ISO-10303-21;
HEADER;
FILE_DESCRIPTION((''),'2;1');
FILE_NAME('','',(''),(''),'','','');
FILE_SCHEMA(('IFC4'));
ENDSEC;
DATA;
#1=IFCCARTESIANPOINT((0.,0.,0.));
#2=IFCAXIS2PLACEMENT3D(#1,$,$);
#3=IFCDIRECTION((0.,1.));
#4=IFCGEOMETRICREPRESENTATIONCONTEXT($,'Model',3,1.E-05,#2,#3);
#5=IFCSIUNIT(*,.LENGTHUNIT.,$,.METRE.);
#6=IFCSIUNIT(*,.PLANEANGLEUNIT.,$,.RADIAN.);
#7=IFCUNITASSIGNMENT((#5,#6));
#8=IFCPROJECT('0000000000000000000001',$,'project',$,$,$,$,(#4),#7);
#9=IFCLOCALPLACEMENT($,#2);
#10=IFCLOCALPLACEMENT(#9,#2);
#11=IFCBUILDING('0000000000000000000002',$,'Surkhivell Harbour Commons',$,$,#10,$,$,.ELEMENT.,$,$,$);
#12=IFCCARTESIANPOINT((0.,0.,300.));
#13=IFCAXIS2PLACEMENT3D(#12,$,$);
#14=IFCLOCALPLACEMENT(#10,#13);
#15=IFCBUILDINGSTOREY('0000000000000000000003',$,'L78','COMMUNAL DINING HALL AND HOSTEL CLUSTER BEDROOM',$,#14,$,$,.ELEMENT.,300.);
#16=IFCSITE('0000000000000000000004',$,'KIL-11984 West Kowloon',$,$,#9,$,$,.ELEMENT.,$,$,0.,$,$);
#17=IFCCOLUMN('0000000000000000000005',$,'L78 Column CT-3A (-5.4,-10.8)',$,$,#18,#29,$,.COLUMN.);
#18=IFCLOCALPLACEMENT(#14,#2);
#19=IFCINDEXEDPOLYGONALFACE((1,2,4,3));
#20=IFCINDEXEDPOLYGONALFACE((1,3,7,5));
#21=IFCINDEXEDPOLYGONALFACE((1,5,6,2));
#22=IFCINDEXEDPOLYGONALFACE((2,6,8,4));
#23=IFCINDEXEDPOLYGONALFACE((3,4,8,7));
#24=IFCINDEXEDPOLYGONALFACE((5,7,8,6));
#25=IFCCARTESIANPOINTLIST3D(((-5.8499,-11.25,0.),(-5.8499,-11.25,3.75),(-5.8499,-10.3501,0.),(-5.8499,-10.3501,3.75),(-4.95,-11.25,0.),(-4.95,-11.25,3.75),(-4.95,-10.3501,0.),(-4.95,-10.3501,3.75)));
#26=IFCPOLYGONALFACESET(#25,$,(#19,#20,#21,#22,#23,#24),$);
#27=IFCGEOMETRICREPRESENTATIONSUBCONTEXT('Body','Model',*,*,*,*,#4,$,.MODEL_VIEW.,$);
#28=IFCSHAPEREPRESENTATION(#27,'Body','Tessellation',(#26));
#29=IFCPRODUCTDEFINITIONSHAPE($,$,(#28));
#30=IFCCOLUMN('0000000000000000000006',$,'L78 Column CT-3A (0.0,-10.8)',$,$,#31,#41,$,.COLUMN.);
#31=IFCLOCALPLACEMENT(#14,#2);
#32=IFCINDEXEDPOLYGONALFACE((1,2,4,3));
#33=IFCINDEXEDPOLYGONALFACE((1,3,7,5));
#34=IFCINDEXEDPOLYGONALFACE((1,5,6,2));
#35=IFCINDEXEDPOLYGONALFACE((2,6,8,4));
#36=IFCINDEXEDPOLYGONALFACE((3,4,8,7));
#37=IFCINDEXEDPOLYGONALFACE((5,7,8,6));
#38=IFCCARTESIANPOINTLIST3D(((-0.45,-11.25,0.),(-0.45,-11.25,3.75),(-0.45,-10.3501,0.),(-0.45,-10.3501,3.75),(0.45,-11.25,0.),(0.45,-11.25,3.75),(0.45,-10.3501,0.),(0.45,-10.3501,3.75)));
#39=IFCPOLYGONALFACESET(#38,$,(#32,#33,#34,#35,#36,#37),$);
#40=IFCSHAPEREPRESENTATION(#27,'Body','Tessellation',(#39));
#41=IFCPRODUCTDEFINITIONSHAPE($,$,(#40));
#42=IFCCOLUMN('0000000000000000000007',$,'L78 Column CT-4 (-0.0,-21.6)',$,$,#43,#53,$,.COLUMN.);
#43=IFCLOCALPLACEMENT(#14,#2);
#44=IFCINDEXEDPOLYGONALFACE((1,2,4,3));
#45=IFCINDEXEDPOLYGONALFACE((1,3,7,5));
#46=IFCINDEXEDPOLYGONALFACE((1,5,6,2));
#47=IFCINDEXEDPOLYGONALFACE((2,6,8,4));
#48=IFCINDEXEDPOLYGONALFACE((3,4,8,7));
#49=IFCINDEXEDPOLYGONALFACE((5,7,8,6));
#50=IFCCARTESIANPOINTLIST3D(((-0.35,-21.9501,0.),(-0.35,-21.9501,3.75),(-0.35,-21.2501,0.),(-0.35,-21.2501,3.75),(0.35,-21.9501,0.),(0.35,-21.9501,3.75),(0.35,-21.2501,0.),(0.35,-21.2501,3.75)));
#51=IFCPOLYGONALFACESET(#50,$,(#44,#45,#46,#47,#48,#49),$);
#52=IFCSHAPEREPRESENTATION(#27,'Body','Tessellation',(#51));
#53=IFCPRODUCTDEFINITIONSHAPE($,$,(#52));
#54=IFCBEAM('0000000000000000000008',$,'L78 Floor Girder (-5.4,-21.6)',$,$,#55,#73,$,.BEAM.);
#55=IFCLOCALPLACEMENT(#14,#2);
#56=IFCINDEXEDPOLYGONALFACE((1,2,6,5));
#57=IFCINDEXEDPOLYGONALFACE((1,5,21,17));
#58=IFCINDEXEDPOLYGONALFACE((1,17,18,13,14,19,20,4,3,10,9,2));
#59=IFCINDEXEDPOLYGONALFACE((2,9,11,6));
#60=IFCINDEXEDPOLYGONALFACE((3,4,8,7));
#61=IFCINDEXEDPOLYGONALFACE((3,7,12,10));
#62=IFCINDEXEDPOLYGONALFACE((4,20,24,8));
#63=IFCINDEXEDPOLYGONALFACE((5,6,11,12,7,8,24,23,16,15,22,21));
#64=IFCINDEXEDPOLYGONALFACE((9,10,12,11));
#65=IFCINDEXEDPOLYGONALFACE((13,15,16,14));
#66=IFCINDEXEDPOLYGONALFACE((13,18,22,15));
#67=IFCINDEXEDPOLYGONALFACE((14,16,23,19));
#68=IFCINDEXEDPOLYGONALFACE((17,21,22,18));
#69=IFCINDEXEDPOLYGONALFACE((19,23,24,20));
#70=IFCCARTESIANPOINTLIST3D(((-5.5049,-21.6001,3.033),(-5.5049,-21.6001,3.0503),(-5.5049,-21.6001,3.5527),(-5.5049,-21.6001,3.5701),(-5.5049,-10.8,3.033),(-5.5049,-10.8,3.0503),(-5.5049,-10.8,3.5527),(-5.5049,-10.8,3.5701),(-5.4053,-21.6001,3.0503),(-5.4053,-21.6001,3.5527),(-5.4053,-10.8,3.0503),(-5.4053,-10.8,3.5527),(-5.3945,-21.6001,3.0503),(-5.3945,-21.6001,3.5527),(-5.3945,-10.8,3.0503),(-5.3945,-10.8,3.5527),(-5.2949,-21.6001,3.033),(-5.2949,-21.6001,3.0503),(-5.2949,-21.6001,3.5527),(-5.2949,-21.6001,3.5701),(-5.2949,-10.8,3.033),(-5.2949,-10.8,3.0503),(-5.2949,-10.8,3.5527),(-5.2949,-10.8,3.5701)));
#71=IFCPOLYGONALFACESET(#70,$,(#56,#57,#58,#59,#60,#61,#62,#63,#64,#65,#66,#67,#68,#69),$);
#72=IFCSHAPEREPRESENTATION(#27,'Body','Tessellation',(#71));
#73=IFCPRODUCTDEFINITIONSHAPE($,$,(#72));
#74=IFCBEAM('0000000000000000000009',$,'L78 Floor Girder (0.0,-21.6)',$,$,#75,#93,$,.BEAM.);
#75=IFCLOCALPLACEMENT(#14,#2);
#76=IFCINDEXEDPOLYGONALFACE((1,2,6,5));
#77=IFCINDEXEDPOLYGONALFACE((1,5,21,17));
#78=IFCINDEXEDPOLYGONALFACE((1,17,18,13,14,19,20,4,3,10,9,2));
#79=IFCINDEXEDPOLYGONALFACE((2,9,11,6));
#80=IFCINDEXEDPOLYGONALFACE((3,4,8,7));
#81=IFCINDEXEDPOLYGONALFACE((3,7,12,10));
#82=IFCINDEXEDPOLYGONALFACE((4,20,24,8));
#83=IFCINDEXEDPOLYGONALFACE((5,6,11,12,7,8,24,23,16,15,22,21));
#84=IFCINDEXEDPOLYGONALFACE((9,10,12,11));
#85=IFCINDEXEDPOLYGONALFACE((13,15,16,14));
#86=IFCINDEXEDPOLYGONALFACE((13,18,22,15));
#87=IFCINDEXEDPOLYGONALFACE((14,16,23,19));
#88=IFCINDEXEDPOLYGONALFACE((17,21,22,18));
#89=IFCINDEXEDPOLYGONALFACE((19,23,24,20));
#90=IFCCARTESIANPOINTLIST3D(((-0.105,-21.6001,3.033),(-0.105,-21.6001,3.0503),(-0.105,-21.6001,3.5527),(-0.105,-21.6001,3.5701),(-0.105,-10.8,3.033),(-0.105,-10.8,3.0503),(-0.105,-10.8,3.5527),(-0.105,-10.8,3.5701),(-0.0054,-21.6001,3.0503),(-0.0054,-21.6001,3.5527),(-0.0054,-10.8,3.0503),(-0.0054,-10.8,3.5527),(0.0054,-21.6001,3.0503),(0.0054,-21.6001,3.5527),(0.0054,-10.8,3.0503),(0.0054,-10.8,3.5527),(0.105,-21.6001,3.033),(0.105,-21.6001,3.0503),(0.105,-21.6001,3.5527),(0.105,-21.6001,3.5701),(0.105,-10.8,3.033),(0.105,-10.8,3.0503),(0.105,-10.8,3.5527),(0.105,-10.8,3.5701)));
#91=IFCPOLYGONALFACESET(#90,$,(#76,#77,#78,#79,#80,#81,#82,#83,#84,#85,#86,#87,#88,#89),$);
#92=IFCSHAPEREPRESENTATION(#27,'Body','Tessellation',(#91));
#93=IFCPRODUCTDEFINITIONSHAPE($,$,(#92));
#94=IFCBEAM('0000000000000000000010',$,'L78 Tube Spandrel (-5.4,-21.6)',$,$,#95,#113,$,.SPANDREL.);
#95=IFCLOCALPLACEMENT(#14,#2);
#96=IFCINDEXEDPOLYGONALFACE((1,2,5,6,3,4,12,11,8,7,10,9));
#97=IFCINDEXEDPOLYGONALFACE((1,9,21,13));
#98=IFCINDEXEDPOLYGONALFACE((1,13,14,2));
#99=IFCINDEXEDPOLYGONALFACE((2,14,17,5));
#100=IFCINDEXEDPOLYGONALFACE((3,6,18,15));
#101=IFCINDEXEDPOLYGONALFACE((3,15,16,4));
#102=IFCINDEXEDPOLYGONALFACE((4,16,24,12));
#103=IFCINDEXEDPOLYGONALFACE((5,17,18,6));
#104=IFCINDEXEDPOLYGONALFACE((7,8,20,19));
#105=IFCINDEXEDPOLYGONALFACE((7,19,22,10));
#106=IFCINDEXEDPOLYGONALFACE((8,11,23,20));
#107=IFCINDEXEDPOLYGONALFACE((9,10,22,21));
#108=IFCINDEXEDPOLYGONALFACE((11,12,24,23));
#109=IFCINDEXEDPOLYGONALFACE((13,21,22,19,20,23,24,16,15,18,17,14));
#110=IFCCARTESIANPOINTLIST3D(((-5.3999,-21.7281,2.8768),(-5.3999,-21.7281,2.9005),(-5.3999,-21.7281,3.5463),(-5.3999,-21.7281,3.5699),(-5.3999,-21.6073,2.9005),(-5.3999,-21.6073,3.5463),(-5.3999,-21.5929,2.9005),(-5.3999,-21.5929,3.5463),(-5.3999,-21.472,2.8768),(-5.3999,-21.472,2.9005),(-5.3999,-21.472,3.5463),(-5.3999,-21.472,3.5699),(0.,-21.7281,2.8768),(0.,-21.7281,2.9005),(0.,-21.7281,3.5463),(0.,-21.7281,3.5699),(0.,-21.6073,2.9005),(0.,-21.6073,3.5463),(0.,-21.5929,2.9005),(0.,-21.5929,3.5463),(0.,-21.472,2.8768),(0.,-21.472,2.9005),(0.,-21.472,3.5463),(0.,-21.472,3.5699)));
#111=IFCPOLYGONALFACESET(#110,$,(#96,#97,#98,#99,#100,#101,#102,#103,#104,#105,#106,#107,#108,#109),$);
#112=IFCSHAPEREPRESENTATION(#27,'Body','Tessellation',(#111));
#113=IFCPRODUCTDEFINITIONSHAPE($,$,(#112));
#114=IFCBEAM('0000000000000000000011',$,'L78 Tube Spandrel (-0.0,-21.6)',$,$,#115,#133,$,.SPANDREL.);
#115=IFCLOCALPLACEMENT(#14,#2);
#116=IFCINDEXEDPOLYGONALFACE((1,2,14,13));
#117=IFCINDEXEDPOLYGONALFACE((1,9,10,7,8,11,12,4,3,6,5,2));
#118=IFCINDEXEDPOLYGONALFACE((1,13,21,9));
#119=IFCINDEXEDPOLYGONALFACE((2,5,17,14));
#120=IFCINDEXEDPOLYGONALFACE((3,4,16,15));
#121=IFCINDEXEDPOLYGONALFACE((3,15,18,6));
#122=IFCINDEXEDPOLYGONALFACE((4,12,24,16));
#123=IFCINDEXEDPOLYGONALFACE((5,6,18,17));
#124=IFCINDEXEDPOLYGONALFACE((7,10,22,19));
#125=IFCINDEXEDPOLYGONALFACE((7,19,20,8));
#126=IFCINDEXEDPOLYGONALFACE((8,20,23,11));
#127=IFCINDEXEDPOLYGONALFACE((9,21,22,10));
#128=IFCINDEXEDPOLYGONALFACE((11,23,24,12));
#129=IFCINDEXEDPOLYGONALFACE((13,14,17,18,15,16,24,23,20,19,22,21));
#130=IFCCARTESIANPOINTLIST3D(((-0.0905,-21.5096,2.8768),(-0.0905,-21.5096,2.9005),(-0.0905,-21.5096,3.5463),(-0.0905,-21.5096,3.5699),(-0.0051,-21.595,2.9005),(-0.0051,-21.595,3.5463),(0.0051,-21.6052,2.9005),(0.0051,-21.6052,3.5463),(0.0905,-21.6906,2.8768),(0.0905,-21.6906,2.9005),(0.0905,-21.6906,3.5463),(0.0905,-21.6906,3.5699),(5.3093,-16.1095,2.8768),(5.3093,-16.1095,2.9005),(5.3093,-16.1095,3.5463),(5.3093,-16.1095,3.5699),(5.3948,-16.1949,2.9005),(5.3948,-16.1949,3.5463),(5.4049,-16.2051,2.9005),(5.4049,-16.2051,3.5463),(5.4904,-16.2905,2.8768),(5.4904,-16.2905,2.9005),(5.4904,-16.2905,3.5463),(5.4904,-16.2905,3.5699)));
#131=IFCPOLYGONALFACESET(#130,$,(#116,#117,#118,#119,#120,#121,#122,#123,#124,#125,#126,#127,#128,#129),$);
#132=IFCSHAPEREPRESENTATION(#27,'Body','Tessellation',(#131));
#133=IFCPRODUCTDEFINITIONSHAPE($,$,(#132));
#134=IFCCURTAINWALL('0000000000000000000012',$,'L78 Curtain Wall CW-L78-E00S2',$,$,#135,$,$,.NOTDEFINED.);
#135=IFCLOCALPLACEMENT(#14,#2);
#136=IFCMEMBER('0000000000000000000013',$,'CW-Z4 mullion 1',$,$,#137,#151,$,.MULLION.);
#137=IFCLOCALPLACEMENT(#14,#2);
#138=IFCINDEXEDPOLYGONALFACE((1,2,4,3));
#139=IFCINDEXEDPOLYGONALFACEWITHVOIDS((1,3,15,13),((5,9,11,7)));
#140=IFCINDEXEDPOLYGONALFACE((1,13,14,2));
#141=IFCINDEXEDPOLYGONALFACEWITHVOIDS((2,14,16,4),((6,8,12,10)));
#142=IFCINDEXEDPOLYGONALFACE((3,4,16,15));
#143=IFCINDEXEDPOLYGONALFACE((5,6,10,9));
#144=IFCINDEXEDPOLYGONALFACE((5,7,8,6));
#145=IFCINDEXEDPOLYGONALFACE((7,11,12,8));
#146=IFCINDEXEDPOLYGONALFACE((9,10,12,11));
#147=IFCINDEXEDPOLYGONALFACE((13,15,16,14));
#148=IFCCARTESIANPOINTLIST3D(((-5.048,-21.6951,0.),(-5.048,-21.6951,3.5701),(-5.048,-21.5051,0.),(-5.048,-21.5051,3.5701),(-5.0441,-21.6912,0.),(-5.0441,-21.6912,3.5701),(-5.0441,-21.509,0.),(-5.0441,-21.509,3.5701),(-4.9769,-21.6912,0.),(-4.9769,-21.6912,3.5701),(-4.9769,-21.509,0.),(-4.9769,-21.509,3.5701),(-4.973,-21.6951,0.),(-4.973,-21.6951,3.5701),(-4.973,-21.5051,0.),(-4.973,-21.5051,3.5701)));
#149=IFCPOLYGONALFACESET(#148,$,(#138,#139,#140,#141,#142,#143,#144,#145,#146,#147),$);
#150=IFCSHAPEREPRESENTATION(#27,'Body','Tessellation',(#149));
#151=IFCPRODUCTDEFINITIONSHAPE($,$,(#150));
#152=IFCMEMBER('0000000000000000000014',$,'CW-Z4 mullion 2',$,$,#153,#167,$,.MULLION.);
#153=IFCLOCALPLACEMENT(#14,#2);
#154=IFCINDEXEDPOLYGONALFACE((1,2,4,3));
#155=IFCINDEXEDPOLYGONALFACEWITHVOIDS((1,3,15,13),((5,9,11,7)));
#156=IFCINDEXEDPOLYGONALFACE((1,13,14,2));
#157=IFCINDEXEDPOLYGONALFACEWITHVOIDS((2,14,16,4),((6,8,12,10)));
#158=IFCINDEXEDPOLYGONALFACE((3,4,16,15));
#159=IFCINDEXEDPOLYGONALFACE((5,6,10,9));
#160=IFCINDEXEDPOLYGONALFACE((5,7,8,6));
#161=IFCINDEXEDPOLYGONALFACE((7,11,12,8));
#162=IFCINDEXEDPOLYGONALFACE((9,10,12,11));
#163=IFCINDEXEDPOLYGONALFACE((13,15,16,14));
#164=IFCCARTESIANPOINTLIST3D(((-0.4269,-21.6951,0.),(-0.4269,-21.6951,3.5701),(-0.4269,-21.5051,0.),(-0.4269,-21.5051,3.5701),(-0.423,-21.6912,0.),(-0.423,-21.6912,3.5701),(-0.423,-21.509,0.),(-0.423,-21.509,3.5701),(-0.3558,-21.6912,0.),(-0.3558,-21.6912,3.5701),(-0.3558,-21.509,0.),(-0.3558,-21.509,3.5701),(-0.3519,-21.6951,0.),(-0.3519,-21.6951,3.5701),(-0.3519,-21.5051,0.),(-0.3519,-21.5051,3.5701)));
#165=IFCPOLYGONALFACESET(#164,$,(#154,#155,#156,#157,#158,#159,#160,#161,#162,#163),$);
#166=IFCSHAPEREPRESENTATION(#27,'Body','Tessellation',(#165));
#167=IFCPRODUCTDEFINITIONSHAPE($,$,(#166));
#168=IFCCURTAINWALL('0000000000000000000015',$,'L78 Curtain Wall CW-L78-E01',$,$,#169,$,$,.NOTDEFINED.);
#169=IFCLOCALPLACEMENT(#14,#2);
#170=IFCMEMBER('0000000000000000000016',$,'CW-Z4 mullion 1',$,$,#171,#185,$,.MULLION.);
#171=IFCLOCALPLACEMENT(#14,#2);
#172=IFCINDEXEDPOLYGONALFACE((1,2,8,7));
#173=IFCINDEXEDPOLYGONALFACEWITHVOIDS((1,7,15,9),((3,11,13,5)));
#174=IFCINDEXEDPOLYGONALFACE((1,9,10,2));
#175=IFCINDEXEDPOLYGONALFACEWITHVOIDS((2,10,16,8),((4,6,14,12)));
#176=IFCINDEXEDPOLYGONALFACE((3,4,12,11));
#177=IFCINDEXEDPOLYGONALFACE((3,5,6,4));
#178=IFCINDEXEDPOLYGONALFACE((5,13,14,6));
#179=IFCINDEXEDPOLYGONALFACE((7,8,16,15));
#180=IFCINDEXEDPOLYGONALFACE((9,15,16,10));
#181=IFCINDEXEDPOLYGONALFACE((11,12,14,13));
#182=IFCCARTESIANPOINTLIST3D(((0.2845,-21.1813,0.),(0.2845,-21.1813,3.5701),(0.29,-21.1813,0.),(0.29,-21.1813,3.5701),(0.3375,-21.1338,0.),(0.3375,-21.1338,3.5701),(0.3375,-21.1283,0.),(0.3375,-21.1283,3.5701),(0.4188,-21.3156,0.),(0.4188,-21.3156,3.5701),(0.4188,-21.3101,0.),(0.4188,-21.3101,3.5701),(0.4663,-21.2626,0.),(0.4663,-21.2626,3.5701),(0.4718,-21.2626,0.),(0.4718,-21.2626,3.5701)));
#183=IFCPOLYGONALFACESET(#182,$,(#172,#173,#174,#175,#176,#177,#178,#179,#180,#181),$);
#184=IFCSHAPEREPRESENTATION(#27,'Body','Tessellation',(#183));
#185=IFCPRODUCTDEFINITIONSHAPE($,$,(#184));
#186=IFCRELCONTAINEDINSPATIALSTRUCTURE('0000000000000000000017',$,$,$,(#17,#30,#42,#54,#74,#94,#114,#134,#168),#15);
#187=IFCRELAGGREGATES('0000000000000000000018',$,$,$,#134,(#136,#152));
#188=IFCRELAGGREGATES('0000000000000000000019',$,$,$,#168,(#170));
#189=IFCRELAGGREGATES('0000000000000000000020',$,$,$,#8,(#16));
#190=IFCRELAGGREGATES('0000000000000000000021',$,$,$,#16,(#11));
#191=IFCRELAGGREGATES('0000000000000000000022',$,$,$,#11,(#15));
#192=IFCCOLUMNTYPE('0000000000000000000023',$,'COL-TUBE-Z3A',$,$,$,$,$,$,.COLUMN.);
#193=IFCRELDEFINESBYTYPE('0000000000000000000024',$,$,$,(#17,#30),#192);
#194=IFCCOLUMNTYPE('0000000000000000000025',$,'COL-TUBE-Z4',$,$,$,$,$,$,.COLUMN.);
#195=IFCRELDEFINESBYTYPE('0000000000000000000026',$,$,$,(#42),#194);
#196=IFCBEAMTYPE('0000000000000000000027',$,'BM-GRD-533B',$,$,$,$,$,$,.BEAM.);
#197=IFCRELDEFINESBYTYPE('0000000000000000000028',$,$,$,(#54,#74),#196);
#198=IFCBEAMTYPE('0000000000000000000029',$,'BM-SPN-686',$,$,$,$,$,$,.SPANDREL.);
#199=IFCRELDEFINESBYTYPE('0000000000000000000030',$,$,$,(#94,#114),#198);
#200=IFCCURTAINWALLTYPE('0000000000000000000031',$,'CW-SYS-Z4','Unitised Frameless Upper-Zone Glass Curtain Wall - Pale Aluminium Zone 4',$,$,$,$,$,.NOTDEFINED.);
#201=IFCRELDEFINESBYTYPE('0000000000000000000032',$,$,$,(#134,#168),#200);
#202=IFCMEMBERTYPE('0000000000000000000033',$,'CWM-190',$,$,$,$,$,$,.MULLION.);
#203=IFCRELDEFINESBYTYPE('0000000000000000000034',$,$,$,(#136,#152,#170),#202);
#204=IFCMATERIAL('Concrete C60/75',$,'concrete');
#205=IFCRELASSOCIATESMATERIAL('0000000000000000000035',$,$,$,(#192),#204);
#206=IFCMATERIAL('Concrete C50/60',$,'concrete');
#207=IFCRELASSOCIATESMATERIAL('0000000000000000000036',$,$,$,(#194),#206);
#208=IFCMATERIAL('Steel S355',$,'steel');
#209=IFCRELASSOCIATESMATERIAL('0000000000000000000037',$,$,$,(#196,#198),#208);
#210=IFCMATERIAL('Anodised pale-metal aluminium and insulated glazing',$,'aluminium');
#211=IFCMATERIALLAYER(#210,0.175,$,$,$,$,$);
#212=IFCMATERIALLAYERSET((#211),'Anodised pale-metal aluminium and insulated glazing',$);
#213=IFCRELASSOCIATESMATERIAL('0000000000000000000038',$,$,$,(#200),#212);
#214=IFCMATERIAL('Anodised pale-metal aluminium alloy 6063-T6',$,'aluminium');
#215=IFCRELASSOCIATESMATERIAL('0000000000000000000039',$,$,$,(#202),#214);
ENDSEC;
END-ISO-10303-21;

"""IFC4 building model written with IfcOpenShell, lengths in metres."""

from ifc_helpers import new_model, si_unit, direction, frame, origin, origin_2d, place, context, subcontext, project, spatial, rectangle, hollow_rectangle, i_section, extrude, material, layer, layer_set, material_profile, profile_set, type_object, element, aggregate, save


model = new_model("IFC4")

# Units and contexts
model_context = context("Model", 3, precision=1e-05, world=origin(), true_north=direction((0.0, 1.0)))
body_context = subcontext(model_context, "Body", "Model", "MODEL_VIEW")
ifc_project = project(units=[si_unit("LENGTHUNIT", "METRE"), si_unit("PLANEANGLEUNIT", "RADIAN")], contexts=[model_context])

# Site, building, storey
site_placement = place(None, origin())
site = spatial("IfcSite", under=ifc_project, at=site_placement, Name="KIL-11984 West Kowloon", CompositionType="ELEMENT", RefElevation=0.0)
building_placement = place(site_placement, origin())
building = spatial("IfcBuilding", under=site, at=building_placement, Name="Surkhivell Harbour Commons", CompositionType="ELEMENT")
storey_placement = place(building_placement, frame((0.0, 0.0, 300.0)))
storey = spatial("IfcBuildingStorey", under=building, at=storey_placement, Name="L78", Description="COMMUNAL DINING HALL AND HOSTEL CLUSTER BEDROOM", CompositionType="ELEMENT", Elevation=300.0)

# Columns
ifc_material_1 = material(Name="Concrete C60/75", Category="concrete")
ifc_material_profile_1 = material_profile(ifc_material_1, rectangle(XDim=0.8999, YDim=0.8999, at=origin_2d()), Name="RC-COL-900x900")
ifc_profile_set_1 = profile_set([ifc_material_profile_1], Name="Concrete C60/75")
column_type_1 = type_object("IfcColumnType", Name="COL-TUBE-Z3A", PredefinedType="COLUMN", material=ifc_profile_set_1)
for number, where, z_axis, x_axis, name in (
    (1, (-5.3999, -10.8, 0.0), (0.0, 0.0, 1.0), (1.0, 0.0, 0.0), "L78 Column CT-3A (-5.4,-10.8)"),
    (2, (0.0, -10.8, 0.0), (0.0, 0.0, 1.0), (1.0, 0.0, 0.0), "L78 Column CT-3A (0.0,-10.8)"),
):
    element("IfcColumn", number, at=place(storey_placement, frame(where, z_axis=z_axis, x_axis=x_axis)), inside=storey, type_object=column_type_1, Name=name, PredefinedType="COLUMN", context=body_context, shape_type="SweptSolid", body=[
        extrude(rectangle(XDim=0.8999, YDim=0.8999, at=origin_2d()), origin(), (0.0, 0.0, 1.0), 3.75),
    ])
ifc_material_2 = material(Name="Concrete C50/60", Category="concrete")
ifc_material_profile_2 = material_profile(ifc_material_2, rectangle(XDim=0.7, YDim=0.7, at=origin_2d()), Name="RC-COL-700x700")
ifc_profile_set_2 = profile_set([ifc_material_profile_2], Name="Concrete C50/60")
column_type_2 = type_object("IfcColumnType", Name="COL-TUBE-Z4", PredefinedType="COLUMN", material=ifc_profile_set_2)
column_placement = place(storey_placement, frame((0.0, -21.6001, 0.0), z_axis=(0.0, 0.0, 1.0), x_axis=(1.0, 0.0, 0.0)))
element("IfcColumn", 3, at=column_placement, inside=storey, type_object=column_type_2, Name="L78 Column CT-4 (-0.0,-21.6)", PredefinedType="COLUMN", context=body_context, shape_type="SweptSolid", body=[
    extrude(rectangle(XDim=0.7, YDim=0.7, at=origin_2d()), origin(), (0.0, 0.0, 1.0), 3.75),
])

# Beams
ifc_material_3 = material(Name="Steel S355", Category="steel")
ifc_material_profile_3 = material_profile(ifc_material_3, i_section(OverallWidth=0.21, OverallDepth=0.5371, WebThickness=0.0107, FlangeThickness=0.0173, at=origin_2d()), Name="UB533x210x101")
ifc_profile_set_3 = profile_set([ifc_material_profile_3], Name="Steel S355")
beam_type_1 = type_object("IfcBeamType", Name="BM-GRD-533B", PredefinedType="BEAM", material=ifc_profile_set_3)
for number, where, z_axis, x_axis, name in (
    (4, (-5.3999, -21.6001, 3.3015), (0.0, 1.0, 0.0), (-1.0, 0.0, 0.0), "L78 Floor Girder (-5.4,-21.6)"),
    (5, (0.0, -21.6001, 3.3015), (0.0, 1.0, 0.0), (-1.0, 0.0, 0.0), "L78 Floor Girder (0.0,-21.6)"),
):
    element("IfcBeam", number, at=place(storey_placement, frame(where, z_axis=z_axis, x_axis=x_axis)), inside=storey, type_object=beam_type_1, Name=name, PredefinedType="BEAM", context=body_context, shape_type="SweptSolid", body=[
        extrude(i_section(OverallWidth=0.21, OverallDepth=0.5371, WebThickness=0.0107, FlangeThickness=0.0173, at=origin_2d()), origin(), (0.0, 0.0, 1.0), 10.8),
    ])
ifc_material_profile_4 = material_profile(ifc_material_3, i_section(OverallWidth=0.2561, OverallDepth=0.6931, WebThickness=0.0144, FlangeThickness=0.0237, at=origin_2d()), Name="UB686x254x170")
ifc_profile_set_4 = profile_set([ifc_material_profile_4], Name="Steel S355")
beam_type_2 = type_object("IfcBeamType", Name="BM-SPN-686", PredefinedType="SPANDREL", material=ifc_profile_set_4)
beam_1_placement = place(storey_placement, frame((-5.3999, -21.6001, 3.2234), z_axis=(1.0, 0.0, 0.0), x_axis=(0.0, 1.0, 0.0)))
element("IfcBeam", 6, at=beam_1_placement, inside=storey, type_object=beam_type_2, Name="L78 Tube Spandrel (-5.4,-21.6)", PredefinedType="SPANDREL", context=body_context, shape_type="SweptSolid", body=[
    extrude(i_section(OverallWidth=0.2561, OverallDepth=0.6931, WebThickness=0.0144, FlangeThickness=0.0237, at=origin_2d()), origin(), (0.0, 0.0, 1.0), 5.3999),
])
beam_2_placement = place(storey_placement, frame((0.0, -21.6001, 3.2234), z_axis=(0.707091, 0.707123, 0.0), x_axis=(-0.707123, 0.707091, 0.0)))
element("IfcBeam", 7, at=beam_2_placement, inside=storey, type_object=beam_type_2, Name="L78 Tube Spandrel (-0.0,-21.6)", PredefinedType="SPANDREL", context=body_context, shape_type="SweptSolid", body=[
    extrude(i_section(OverallWidth=0.2561, OverallDepth=0.6931, WebThickness=0.0144, FlangeThickness=0.0237, at=origin_2d()), origin(), (0.0, 0.0, 1.0), 7.6367),
])

# Curtain wall, members
ifc_material_4 = material(Name="Anodised pale-metal aluminium and insulated glazing", Category="aluminium")
ifc_layer_1 = layer(ifc_material_4, 0.175)
ifc_layer_set_1 = layer_set([ifc_layer_1], Name="Anodised pale-metal aluminium and insulated glazing")
curtain_wall_type = type_object("IfcCurtainWallType", Name="CW-SYS-Z4", Description="Unitised Frameless Upper-Zone Glass Curtain Wall - Pale Aluminium Zone 4", PredefinedType="NOTDEFINED", material=ifc_layer_set_1)
curtain_wall_1_placement = place(storey_placement, origin())
curtain_wall_1 = element("IfcCurtainWall", 8, at=curtain_wall_1_placement, inside=storey, type_object=curtain_wall_type, Name="L78 Curtain Wall CW-L78-E00S2", PredefinedType="NOTDEFINED")
ifc_material_5 = material(Name="Anodised pale-metal aluminium alloy 6063-T6", Category="aluminium")
ifc_material_profile_5 = material_profile(ifc_material_5, hollow_rectangle(XDim=0.075, YDim=0.1899, WallThickness=0.0039, at=origin_2d()), Name="ALU-MULL-75x190")
ifc_profile_set_5 = profile_set([ifc_material_profile_5], Name="Anodised pale-metal aluminium alloy 6063-T6")
member_type_1 = type_object("IfcMemberType", Name="CWM-190", PredefinedType="MULLION", material=ifc_profile_set_5)
member_1_placement = place(storey_placement, frame((-5.0105, -21.6001, 0.0), z_axis=(0.0, 0.0, 1.0), x_axis=(1.0, 0.0, 0.0)))
member_1 = element("IfcMember", 9, at=member_1_placement, type_object=member_type_1, Name="CW-Z4 mullion 1", PredefinedType="MULLION", context=body_context, shape_type="SweptSolid", body=[
    extrude(hollow_rectangle(XDim=0.075, YDim=0.1899, WallThickness=0.0039, at=origin_2d()), origin(), (0.0, 0.0, 1.0), 3.5701),
])
member_2_placement = place(storey_placement, frame((-0.3894, -21.6001, 0.0), z_axis=(0.0, 0.0, 1.0), x_axis=(1.0, 0.0, 0.0)))
member_2 = element("IfcMember", 10, at=member_2_placement, type_object=member_type_1, Name="CW-Z4 mullion 2", PredefinedType="MULLION", context=body_context, shape_type="SweptSolid", body=[
    extrude(hollow_rectangle(XDim=0.075, YDim=0.1899, WallThickness=0.0039, at=origin_2d()), origin(), (0.0, 0.0, 1.0), 3.5701),
])

# Curtain wall, member
curtain_wall_2_placement = place(storey_placement, origin())
curtain_wall_2 = element("IfcCurtainWall", 11, at=curtain_wall_2_placement, inside=storey, type_object=curtain_wall_type, Name="L78 Curtain Wall CW-L78-E01", PredefinedType="NOTDEFINED")
member_3_placement = place(storey_placement, frame((0.3782, -21.2219, 0.0), z_axis=(0.0, 0.0, 1.0), x_axis=(0.707107, 0.707107, 0.0)))
member_3 = element("IfcMember", 12, at=member_3_placement, type_object=member_type_1, Name="CW-Z4 mullion 1", PredefinedType="MULLION", context=body_context, shape_type="SweptSolid", body=[
    extrude(hollow_rectangle(XDim=0.075, YDim=0.1899, WallThickness=0.0039, at=origin_2d()), origin(), (0.0, 0.0, 1.0), 3.5701),
])

aggregate(curtain_wall_1, [member_1, member_2])
aggregate(curtain_wall_2, [member_3])

save(model, "model.ifc")
